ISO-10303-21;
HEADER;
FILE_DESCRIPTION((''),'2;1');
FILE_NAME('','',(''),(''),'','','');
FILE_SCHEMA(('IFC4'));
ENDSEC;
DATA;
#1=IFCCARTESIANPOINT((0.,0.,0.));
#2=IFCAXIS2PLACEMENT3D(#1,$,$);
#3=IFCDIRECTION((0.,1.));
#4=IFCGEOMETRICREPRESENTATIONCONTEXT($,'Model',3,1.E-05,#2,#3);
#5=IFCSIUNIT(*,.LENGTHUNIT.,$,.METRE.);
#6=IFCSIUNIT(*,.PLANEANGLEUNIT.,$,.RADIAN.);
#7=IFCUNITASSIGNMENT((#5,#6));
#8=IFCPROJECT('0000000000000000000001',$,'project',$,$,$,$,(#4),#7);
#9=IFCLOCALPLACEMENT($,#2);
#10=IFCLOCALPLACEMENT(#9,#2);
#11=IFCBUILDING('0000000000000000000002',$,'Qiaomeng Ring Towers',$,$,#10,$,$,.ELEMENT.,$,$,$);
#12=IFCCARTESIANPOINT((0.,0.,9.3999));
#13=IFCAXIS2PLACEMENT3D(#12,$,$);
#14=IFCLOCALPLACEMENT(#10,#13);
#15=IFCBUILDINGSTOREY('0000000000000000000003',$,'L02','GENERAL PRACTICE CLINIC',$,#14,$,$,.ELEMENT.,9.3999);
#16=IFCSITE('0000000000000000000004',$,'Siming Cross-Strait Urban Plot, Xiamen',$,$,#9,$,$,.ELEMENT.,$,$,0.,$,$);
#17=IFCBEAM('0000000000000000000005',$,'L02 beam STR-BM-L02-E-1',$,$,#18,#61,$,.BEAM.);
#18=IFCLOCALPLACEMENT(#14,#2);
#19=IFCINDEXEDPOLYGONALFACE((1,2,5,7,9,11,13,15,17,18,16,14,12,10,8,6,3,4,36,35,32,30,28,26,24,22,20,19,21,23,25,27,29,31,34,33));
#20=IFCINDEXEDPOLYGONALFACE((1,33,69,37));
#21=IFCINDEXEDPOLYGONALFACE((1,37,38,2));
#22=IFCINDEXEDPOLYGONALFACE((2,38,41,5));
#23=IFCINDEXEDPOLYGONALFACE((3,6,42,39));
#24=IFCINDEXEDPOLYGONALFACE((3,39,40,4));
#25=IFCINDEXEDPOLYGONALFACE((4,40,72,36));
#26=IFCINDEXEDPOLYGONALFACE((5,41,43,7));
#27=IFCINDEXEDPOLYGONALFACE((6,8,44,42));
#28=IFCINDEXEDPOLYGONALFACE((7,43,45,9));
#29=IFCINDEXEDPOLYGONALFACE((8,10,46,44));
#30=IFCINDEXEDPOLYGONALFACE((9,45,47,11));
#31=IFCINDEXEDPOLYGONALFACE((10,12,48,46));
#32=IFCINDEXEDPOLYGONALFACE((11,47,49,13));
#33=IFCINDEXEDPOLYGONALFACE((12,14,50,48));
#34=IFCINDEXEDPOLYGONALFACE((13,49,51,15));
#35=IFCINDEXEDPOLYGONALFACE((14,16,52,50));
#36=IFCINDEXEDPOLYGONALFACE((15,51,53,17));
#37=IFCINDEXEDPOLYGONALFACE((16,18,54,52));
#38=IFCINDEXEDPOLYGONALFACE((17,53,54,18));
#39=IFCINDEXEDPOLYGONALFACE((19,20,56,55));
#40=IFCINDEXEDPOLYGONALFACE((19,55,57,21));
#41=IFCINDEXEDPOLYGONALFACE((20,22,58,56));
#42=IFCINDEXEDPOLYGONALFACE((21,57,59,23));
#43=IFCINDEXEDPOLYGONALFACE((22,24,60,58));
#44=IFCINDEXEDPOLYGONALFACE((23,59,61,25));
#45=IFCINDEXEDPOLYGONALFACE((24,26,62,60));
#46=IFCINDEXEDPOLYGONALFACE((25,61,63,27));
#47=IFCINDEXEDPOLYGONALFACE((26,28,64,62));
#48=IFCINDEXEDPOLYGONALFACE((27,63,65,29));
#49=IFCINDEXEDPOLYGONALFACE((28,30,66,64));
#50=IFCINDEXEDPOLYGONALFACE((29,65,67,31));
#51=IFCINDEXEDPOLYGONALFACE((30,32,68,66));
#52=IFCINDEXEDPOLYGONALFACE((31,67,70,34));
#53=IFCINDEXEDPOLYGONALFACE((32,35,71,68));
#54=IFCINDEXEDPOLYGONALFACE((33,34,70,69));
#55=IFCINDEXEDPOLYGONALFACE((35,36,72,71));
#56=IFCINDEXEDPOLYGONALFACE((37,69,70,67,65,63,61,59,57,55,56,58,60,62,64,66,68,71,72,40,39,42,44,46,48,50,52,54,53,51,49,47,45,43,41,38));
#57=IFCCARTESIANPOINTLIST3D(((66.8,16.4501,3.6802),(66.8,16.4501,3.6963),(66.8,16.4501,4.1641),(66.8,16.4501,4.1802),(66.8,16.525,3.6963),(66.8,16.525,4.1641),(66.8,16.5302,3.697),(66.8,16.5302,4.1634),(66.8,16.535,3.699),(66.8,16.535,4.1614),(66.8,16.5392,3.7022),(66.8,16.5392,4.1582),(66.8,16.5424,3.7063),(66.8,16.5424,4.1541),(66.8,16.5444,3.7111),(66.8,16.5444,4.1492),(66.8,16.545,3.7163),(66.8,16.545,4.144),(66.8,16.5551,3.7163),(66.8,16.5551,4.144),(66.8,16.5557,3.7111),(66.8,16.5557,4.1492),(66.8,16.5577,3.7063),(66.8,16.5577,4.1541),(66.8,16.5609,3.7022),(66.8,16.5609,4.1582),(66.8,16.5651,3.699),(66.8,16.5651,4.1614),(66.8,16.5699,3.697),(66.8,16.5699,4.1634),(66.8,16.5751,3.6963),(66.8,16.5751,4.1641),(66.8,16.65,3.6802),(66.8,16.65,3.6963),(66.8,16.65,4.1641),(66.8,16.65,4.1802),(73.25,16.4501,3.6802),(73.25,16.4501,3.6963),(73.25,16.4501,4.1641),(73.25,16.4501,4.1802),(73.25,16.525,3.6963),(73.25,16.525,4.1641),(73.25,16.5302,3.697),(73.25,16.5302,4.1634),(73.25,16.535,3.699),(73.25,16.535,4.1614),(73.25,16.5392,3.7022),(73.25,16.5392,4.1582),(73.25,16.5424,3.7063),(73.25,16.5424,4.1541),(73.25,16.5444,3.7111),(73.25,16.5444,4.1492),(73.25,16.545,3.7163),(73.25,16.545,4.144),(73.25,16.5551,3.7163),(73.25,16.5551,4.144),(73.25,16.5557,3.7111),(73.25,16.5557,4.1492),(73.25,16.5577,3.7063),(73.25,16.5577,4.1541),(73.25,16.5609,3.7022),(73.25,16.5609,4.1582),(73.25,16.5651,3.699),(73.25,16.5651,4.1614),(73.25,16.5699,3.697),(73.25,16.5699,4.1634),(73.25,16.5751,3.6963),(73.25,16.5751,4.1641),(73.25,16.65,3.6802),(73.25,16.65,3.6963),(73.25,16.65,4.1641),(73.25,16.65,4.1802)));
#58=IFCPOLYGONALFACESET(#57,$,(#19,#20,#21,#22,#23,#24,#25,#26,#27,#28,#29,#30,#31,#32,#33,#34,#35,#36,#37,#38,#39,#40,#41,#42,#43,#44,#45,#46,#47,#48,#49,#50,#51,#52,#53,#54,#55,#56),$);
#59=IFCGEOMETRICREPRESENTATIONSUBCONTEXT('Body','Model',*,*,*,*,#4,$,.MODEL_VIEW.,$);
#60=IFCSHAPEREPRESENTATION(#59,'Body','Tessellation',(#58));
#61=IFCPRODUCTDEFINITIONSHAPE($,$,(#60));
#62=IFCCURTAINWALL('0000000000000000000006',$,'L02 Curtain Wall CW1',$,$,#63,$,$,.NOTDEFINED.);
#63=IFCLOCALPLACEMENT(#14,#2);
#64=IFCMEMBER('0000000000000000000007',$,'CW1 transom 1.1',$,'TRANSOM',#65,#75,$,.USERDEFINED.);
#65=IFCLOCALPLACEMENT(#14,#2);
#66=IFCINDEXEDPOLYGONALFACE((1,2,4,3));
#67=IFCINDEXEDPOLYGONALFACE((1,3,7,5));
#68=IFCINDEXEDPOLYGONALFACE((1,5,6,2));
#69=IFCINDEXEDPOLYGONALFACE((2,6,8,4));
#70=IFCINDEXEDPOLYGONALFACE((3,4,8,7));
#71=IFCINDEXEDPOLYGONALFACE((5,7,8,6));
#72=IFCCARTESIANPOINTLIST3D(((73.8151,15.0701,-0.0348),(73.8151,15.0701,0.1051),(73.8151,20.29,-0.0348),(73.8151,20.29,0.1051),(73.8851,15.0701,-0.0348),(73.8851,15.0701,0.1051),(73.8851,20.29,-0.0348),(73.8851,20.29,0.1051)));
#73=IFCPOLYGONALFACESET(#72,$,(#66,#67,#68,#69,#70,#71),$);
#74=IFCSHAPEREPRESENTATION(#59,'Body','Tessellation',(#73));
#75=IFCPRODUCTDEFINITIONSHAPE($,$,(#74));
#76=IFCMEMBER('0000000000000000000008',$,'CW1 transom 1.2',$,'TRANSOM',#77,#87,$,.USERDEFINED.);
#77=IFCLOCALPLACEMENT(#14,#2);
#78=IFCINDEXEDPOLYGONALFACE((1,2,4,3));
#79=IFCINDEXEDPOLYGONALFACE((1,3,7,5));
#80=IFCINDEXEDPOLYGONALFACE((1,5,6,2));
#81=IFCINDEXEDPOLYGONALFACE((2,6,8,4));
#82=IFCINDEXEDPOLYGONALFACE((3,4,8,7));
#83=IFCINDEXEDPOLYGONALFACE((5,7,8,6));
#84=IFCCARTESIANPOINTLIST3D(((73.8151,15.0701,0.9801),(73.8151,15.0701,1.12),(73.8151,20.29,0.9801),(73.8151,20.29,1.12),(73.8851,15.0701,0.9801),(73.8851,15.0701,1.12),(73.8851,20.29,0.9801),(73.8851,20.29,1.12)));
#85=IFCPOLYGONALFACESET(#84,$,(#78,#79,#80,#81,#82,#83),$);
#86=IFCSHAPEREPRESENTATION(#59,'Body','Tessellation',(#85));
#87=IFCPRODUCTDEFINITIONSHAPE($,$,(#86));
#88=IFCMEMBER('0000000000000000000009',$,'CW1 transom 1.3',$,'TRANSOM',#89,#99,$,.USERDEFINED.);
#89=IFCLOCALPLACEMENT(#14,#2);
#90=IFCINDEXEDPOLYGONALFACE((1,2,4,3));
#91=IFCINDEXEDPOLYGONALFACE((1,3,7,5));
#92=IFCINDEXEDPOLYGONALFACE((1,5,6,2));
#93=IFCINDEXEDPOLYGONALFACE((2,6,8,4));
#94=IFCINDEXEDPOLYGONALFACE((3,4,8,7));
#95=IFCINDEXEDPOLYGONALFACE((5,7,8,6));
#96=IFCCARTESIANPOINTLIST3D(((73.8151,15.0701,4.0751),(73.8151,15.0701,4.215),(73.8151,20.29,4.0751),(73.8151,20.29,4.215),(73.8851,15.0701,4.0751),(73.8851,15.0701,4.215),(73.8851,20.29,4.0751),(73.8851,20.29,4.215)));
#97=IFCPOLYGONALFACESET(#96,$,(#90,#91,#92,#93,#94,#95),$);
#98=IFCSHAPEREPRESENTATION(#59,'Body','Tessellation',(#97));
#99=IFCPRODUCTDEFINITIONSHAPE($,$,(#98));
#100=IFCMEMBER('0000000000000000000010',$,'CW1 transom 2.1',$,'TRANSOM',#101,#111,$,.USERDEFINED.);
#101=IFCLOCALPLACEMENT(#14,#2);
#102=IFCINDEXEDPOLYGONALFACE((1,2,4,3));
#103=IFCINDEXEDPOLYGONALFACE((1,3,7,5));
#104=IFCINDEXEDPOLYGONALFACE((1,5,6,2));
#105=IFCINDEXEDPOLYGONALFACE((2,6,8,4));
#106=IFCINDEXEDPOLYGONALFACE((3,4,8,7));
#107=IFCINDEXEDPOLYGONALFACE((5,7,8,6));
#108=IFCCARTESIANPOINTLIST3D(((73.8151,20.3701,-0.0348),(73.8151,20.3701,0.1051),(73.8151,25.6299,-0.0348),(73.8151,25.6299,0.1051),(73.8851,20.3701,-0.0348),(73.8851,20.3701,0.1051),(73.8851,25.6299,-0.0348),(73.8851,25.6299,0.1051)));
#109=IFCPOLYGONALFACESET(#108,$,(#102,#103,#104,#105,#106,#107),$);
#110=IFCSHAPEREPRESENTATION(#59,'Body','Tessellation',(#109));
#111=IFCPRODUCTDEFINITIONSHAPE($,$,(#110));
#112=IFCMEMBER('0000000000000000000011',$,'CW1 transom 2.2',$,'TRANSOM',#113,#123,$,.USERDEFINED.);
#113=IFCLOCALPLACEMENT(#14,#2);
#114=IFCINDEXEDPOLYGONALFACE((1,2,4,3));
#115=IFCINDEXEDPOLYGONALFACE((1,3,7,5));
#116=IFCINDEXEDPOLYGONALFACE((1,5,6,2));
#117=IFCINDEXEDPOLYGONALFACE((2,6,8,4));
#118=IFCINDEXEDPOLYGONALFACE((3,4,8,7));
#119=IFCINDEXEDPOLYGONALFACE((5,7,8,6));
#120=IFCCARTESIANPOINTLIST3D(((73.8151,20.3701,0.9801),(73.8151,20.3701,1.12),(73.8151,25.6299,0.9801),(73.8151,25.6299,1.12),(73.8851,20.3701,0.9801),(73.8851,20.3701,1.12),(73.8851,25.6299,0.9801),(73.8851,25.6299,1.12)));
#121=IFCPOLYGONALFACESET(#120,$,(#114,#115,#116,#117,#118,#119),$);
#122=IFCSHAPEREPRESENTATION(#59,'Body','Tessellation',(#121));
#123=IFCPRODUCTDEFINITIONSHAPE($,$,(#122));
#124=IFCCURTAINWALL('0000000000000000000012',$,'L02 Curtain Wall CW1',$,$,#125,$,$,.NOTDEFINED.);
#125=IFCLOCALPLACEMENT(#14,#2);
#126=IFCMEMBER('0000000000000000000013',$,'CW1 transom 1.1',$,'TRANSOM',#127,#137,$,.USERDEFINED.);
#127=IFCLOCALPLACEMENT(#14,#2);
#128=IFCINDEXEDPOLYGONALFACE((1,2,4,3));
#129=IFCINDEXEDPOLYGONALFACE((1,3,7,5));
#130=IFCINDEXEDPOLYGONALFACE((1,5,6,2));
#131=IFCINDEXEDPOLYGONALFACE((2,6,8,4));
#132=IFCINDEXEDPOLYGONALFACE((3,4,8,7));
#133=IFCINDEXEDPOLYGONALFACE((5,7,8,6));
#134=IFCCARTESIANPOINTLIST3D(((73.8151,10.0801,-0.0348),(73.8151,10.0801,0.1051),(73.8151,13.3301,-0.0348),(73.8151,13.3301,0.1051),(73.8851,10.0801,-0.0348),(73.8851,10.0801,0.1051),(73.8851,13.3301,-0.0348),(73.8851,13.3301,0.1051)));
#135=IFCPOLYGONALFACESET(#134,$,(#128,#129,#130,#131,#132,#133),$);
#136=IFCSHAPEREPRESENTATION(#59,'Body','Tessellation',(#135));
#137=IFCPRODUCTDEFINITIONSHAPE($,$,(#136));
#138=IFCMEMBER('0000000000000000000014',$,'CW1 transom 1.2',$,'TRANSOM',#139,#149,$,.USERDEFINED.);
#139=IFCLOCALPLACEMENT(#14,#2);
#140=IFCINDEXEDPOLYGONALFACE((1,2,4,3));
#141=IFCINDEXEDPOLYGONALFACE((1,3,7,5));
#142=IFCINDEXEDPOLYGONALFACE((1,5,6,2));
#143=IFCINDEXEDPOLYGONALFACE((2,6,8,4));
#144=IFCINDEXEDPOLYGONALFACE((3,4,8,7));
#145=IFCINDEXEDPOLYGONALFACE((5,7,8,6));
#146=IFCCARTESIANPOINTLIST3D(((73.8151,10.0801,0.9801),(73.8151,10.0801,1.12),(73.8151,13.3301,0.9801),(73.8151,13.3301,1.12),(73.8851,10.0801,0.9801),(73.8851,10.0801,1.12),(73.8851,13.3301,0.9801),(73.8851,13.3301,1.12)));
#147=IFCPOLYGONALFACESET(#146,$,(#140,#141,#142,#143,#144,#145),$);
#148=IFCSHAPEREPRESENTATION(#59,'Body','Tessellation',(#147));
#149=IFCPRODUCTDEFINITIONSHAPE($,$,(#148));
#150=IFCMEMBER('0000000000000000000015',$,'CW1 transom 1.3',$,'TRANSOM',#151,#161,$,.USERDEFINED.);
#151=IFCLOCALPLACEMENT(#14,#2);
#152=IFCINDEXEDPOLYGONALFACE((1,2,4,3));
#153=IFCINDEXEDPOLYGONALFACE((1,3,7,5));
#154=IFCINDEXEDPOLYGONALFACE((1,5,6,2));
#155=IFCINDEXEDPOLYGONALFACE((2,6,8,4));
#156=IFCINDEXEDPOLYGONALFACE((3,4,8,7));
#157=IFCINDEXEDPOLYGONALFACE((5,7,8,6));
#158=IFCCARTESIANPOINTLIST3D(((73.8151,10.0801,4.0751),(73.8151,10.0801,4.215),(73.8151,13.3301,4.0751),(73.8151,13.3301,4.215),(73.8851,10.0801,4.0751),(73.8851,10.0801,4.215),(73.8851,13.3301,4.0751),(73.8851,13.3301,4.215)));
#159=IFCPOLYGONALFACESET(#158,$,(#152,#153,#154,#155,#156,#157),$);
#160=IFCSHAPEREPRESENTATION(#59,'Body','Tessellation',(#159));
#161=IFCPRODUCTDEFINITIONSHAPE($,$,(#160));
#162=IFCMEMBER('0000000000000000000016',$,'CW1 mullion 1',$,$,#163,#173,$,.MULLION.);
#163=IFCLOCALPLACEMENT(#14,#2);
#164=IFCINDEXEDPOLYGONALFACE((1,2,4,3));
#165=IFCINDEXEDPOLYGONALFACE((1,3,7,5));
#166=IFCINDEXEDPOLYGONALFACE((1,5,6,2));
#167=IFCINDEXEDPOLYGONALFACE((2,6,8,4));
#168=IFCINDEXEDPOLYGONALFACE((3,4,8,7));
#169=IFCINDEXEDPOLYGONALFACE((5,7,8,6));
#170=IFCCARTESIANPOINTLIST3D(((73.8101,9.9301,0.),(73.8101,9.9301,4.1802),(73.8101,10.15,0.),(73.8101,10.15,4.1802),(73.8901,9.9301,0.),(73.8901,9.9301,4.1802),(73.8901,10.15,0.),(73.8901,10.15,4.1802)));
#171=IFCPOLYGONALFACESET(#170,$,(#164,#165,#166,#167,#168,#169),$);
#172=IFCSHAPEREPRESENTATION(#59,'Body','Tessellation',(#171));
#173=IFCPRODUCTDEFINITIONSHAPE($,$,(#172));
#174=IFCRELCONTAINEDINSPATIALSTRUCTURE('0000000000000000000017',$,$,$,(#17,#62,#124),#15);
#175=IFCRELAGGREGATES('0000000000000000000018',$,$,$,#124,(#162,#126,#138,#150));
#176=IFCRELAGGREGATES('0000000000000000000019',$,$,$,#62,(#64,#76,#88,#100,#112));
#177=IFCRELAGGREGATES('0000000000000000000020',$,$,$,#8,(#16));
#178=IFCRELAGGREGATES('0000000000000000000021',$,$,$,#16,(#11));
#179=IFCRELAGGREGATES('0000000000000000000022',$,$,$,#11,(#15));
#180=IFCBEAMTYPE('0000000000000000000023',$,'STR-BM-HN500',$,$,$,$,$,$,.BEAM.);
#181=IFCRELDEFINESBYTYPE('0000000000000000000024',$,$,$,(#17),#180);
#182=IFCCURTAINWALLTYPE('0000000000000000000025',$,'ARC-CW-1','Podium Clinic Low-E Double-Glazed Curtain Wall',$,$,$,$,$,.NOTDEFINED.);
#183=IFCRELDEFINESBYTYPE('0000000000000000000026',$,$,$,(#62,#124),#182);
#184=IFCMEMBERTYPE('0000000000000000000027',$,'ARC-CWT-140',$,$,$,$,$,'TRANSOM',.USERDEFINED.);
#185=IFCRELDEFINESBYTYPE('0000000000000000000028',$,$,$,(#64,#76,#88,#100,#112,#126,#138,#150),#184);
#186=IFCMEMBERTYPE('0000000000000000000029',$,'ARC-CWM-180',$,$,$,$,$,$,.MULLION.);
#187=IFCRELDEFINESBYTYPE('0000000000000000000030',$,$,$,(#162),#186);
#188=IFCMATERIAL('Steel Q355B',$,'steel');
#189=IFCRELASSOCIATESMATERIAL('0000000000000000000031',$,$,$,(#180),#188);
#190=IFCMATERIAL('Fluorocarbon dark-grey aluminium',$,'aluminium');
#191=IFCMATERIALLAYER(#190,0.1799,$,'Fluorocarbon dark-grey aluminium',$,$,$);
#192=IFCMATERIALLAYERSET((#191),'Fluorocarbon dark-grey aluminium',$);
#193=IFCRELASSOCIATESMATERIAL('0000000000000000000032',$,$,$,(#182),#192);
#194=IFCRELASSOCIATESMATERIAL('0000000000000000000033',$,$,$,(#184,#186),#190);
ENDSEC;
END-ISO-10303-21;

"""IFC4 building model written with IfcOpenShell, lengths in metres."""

from ifc_helpers import new_model, si_unit, direction, frame, origin, origin_2d, place, context, subcontext, project, spatial, rectangle, i_section, extrude, source, transform, mapped, material, layer, layer_set, material_profile, profile_set, type_object, element, aggregate, save


model = new_model("IFC4")

# Units and contexts
model_context = context("Model", 3, precision=1e-05, world=origin(), true_north=direction((0.0, 1.0)))
body_context = subcontext(model_context, "Body", "Model", "MODEL_VIEW")
ifc_project = project(units=[si_unit("LENGTHUNIT", "METRE"), si_unit("PLANEANGLEUNIT", "RADIAN")], contexts=[model_context])

# Site, building, storey
site_placement = place(None, origin())
site = spatial("IfcSite", under=ifc_project, at=site_placement, Name="Siming Cross-Strait Urban Plot, Xiamen", CompositionType="ELEMENT", RefElevation=0.0)
building_placement = place(site_placement, origin())
building = spatial("IfcBuilding", under=site, at=building_placement, Name="Qiaomeng Ring Towers", CompositionType="ELEMENT")
storey_placement = place(building_placement, frame((0.0, 0.0, 9.3999)))
storey = spatial("IfcBuildingStorey", under=building, at=storey_placement, Name="L02", Description="GENERAL PRACTICE CLINIC", CompositionType="ELEMENT", Elevation=9.3999)

# Beam
ifc_material_1 = material(Name="Steel Q355B", Category="steel")
ifc_material_profile_1 = material_profile(ifc_material_1, i_section(OverallWidth=0.2, OverallDepth=0.5, WebThickness=0.01, FlangeThickness=0.0161, FilletRadius=0.02, at=origin_2d()), Name="HN 500x200x10x16")
ifc_profile_set_1 = profile_set([ifc_material_profile_1], Name="Steel Q355B")
beam_type_1 = type_object("IfcBeamType", Name="STR-BM-HN500", PredefinedType="BEAM", material=ifc_profile_set_1)
shared_shape_1 = source(origin(), body_context, "Body", "SweptSolid", [
    extrude(i_section(OverallWidth=0.2, OverallDepth=0.5, WebThickness=0.01, FlangeThickness=0.0161, FilletRadius=0.02, at=origin_2d()), origin(), (0.0, 0.0, 1.0), 6.45),
])
beam_1_placement = place(storey_placement, frame((66.8, 16.55, 3.9302), z_axis=(1.0, 0.0, 0.0), x_axis=(0.0, 1.0, 0.0)))
element("IfcBeam", 1, at=beam_1_placement, inside=storey, type_object=beam_type_1, Name="L02 beam STR-BM-L02-E-1", PredefinedType="BEAM", context=body_context, shape_type="MappedRepresentation", body=[
    mapped(shared_shape_1, transform((0.0, 0.0, 0.0), x_axis=(1.0, 0.0, 0.0), y_axis=(0.0, 1.0, 0.0), z_axis=(0.0, 0.0, 1.0), scale=1.0)),
])

# Curtain walls, members
ifc_material_2 = material(Name="Fluorocarbon dark-grey aluminium", Category="aluminium")
ifc_layer_1 = layer(ifc_material_2, 0.1799, Name="Fluorocarbon dark-grey aluminium")
ifc_layer_set_1 = layer_set([ifc_layer_1], Name="Fluorocarbon dark-grey aluminium")
curtain_wall_type = type_object("IfcCurtainWallType", Name="ARC-CW-1", Description="Podium Clinic Low-E Double-Glazed Curtain Wall", PredefinedType="NOTDEFINED", material=ifc_layer_set_1)
curtain_wall_1_placement = place(storey_placement, origin())
curtain_wall_1 = element("IfcCurtainWall", 2, at=curtain_wall_1_placement, inside=storey, type_object=curtain_wall_type, Name="L02 Curtain Wall CW1", PredefinedType="NOTDEFINED")
ifc_material_profile_2 = material_profile(ifc_material_2, rectangle(XDim=0.0701, YDim=0.1399, at=origin_2d()), Name="ALU TRAN 70x140")
ifc_profile_set_2 = profile_set([ifc_material_profile_2], Name="Fluorocarbon dark-grey aluminium")
member_type_1 = type_object("IfcMemberType", Name="ARC-CWT-140", ElementType="TRANSOM", PredefinedType="USERDEFINED", material=ifc_profile_set_2)
shared_shape_2 = source(origin(), body_context, "Body", "SweptSolid", [
    extrude(rectangle(XDim=0.0701, YDim=0.1399, at=origin_2d()), origin(), (0.0, 0.0, 1.0), 5.22),
])
member_1_placement = place(storey_placement, frame((73.8501, 15.0701, 0.0352), z_axis=(0.0, 1.0, 0.0), x_axis=(-1.0, 0.0, 0.0)))
member_1 = element("IfcMember", 3, at=member_1_placement, type_object=member_type_1, Name="CW1 transom 1.1", ObjectType="TRANSOM", PredefinedType="USERDEFINED", context=body_context, shape_type="MappedRepresentation", body=[
    mapped(shared_shape_2, transform((0.0, 0.0, 0.0), x_axis=(1.0, 0.0, 0.0), y_axis=(0.0, 1.0, 0.0), z_axis=(0.0, 0.0, 1.0), scale=1.0)),
])
member_2_placement = place(storey_placement, frame((73.8501, 15.0701, 1.05), z_axis=(0.0, 1.0, 0.0), x_axis=(-1.0, 0.0, 0.0)))
member_2 = element("IfcMember", 4, at=member_2_placement, type_object=member_type_1, Name="CW1 transom 1.2", ObjectType="TRANSOM", PredefinedType="USERDEFINED", context=body_context, shape_type="MappedRepresentation", body=[
    mapped(shared_shape_2, transform((0.0, 0.0, 0.0), x_axis=(1.0, 0.0, 0.0), y_axis=(0.0, 1.0, 0.0), z_axis=(0.0, 0.0, 1.0), scale=1.0)),
])
member_3_placement = place(storey_placement, frame((73.8501, 15.0701, 4.145), z_axis=(0.0, 1.0, 0.0), x_axis=(-1.0, 0.0, 0.0)))
member_3 = element("IfcMember", 5, at=member_3_placement, type_object=member_type_1, Name="CW1 transom 1.3", ObjectType="TRANSOM", PredefinedType="USERDEFINED", context=body_context, shape_type="MappedRepresentation", body=[
    mapped(shared_shape_2, transform((0.0, 0.0, 0.0), x_axis=(1.0, 0.0, 0.0), y_axis=(0.0, 1.0, 0.0), z_axis=(0.0, 0.0, 1.0), scale=1.0)),
])
shared_shape_3 = source(origin(), body_context, "Body", "SweptSolid", [
    extrude(rectangle(XDim=0.0701, YDim=0.1399, at=origin_2d()), origin(), (0.0, 0.0, 1.0), 5.2598),
])
member_4_placement = place(storey_placement, frame((73.8501, 20.3701, 0.0352), z_axis=(0.0, 1.0, 0.0), x_axis=(-1.0, 0.0, 0.0)))
member_4 = element("IfcMember", 6, at=member_4_placement, type_object=member_type_1, Name="CW1 transom 2.1", ObjectType="TRANSOM", PredefinedType="USERDEFINED", context=body_context, shape_type="MappedRepresentation", body=[
    mapped(shared_shape_3, transform((0.0, 0.0, 0.0), x_axis=(1.0, 0.0, 0.0), y_axis=(0.0, 1.0, 0.0), z_axis=(0.0, 0.0, 1.0), scale=1.0)),
])
member_5_placement = place(storey_placement, frame((73.8501, 20.3701, 1.05), z_axis=(0.0, 1.0, 0.0), x_axis=(-1.0, 0.0, 0.0)))
member_5 = element("IfcMember", 7, at=member_5_placement, type_object=member_type_1, Name="CW1 transom 2.2", ObjectType="TRANSOM", PredefinedType="USERDEFINED", context=body_context, shape_type="MappedRepresentation", body=[
    mapped(shared_shape_3, transform((0.0, 0.0, 0.0), x_axis=(1.0, 0.0, 0.0), y_axis=(0.0, 1.0, 0.0), z_axis=(0.0, 0.0, 1.0), scale=1.0)),
])
curtain_wall_2_placement = place(storey_placement, origin())
curtain_wall_2 = element("IfcCurtainWall", 8, at=curtain_wall_2_placement, inside=storey, type_object=curtain_wall_type, Name="L02 Curtain Wall CW1", PredefinedType="NOTDEFINED")
shared_shape_4 = source(origin(), body_context, "Body", "SweptSolid", [
    extrude(rectangle(XDim=0.0701, YDim=0.1399, at=origin_2d()), origin(), (0.0, 0.0, 1.0), 3.25),
])
member_6_placement = place(storey_placement, frame((73.8501, 10.0801, 0.0352), z_axis=(0.0, 1.0, 0.0), x_axis=(-1.0, 0.0, 0.0)))
member_6 = element("IfcMember", 9, at=member_6_placement, type_object=member_type_1, Name="CW1 transom 1.1", ObjectType="TRANSOM", PredefinedType="USERDEFINED", context=body_context, shape_type="MappedRepresentation", body=[
    mapped(shared_shape_4, transform((0.0, 0.0, 0.0), x_axis=(1.0, 0.0, 0.0), y_axis=(0.0, 1.0, 0.0), z_axis=(0.0, 0.0, 1.0), scale=1.0)),
])
member_7_placement = place(storey_placement, frame((73.8501, 10.0801, 1.05), z_axis=(0.0, 1.0, 0.0), x_axis=(-1.0, 0.0, 0.0)))
member_7 = element("IfcMember", 10, at=member_7_placement, type_object=member_type_1, Name="CW1 transom 1.2", ObjectType="TRANSOM", PredefinedType="USERDEFINED", context=body_context, shape_type="MappedRepresentation", body=[
    mapped(shared_shape_4, transform((0.0, 0.0, 0.0), x_axis=(1.0, 0.0, 0.0), y_axis=(0.0, 1.0, 0.0), z_axis=(0.0, 0.0, 1.0), scale=1.0)),
])
member_8_placement = place(storey_placement, frame((73.8501, 10.0801, 4.145), z_axis=(0.0, 1.0, 0.0), x_axis=(-1.0, 0.0, 0.0)))
member_8 = element("IfcMember", 11, at=member_8_placement, type_object=member_type_1, Name="CW1 transom 1.3", ObjectType="TRANSOM", PredefinedType="USERDEFINED", context=body_context, shape_type="MappedRepresentation", body=[
    mapped(shared_shape_4, transform((0.0, 0.0, 0.0), x_axis=(1.0, 0.0, 0.0), y_axis=(0.0, 1.0, 0.0), z_axis=(0.0, 0.0, 1.0), scale=1.0)),
])
ifc_material_profile_3 = material_profile(ifc_material_2, rectangle(XDim=0.0801, YDim=0.22, at=origin_2d()), Name="ALU MULL 80x220")
ifc_profile_set_3 = profile_set([ifc_material_profile_3], Name="Fluorocarbon dark-grey aluminium")
member_type_2 = type_object("IfcMemberType", Name="ARC-CWM-180", PredefinedType="MULLION", material=ifc_profile_set_3)
shared_shape_5 = source(origin(), body_context, "Body", "SweptSolid", [
    extrude(rectangle(XDim=0.0801, YDim=0.22, at=origin_2d()), origin(), (0.0, 0.0, 1.0), 4.1802),
])
member_9_placement = place(storey_placement, frame((73.8501, 10.04, 0.0), z_axis=(0.0, 0.0, 1.0), x_axis=(-1.0, 0.0, 0.0)))
member_9 = element("IfcMember", 12, at=member_9_placement, type_object=member_type_2, Name="CW1 mullion 1", PredefinedType="MULLION", context=body_context, shape_type="MappedRepresentation", body=[
    mapped(shared_shape_5, transform((0.0, 0.0, 0.0), x_axis=(1.0, 0.0, 0.0), y_axis=(0.0, 1.0, 0.0), z_axis=(0.0, 0.0, 1.0), scale=1.0)),
])

aggregate(curtain_wall_2, [member_9, member_6, member_7, member_8])
aggregate(curtain_wall_1, [member_1, member_2, member_3, member_4, member_5])

save(model, "model.ifc")
